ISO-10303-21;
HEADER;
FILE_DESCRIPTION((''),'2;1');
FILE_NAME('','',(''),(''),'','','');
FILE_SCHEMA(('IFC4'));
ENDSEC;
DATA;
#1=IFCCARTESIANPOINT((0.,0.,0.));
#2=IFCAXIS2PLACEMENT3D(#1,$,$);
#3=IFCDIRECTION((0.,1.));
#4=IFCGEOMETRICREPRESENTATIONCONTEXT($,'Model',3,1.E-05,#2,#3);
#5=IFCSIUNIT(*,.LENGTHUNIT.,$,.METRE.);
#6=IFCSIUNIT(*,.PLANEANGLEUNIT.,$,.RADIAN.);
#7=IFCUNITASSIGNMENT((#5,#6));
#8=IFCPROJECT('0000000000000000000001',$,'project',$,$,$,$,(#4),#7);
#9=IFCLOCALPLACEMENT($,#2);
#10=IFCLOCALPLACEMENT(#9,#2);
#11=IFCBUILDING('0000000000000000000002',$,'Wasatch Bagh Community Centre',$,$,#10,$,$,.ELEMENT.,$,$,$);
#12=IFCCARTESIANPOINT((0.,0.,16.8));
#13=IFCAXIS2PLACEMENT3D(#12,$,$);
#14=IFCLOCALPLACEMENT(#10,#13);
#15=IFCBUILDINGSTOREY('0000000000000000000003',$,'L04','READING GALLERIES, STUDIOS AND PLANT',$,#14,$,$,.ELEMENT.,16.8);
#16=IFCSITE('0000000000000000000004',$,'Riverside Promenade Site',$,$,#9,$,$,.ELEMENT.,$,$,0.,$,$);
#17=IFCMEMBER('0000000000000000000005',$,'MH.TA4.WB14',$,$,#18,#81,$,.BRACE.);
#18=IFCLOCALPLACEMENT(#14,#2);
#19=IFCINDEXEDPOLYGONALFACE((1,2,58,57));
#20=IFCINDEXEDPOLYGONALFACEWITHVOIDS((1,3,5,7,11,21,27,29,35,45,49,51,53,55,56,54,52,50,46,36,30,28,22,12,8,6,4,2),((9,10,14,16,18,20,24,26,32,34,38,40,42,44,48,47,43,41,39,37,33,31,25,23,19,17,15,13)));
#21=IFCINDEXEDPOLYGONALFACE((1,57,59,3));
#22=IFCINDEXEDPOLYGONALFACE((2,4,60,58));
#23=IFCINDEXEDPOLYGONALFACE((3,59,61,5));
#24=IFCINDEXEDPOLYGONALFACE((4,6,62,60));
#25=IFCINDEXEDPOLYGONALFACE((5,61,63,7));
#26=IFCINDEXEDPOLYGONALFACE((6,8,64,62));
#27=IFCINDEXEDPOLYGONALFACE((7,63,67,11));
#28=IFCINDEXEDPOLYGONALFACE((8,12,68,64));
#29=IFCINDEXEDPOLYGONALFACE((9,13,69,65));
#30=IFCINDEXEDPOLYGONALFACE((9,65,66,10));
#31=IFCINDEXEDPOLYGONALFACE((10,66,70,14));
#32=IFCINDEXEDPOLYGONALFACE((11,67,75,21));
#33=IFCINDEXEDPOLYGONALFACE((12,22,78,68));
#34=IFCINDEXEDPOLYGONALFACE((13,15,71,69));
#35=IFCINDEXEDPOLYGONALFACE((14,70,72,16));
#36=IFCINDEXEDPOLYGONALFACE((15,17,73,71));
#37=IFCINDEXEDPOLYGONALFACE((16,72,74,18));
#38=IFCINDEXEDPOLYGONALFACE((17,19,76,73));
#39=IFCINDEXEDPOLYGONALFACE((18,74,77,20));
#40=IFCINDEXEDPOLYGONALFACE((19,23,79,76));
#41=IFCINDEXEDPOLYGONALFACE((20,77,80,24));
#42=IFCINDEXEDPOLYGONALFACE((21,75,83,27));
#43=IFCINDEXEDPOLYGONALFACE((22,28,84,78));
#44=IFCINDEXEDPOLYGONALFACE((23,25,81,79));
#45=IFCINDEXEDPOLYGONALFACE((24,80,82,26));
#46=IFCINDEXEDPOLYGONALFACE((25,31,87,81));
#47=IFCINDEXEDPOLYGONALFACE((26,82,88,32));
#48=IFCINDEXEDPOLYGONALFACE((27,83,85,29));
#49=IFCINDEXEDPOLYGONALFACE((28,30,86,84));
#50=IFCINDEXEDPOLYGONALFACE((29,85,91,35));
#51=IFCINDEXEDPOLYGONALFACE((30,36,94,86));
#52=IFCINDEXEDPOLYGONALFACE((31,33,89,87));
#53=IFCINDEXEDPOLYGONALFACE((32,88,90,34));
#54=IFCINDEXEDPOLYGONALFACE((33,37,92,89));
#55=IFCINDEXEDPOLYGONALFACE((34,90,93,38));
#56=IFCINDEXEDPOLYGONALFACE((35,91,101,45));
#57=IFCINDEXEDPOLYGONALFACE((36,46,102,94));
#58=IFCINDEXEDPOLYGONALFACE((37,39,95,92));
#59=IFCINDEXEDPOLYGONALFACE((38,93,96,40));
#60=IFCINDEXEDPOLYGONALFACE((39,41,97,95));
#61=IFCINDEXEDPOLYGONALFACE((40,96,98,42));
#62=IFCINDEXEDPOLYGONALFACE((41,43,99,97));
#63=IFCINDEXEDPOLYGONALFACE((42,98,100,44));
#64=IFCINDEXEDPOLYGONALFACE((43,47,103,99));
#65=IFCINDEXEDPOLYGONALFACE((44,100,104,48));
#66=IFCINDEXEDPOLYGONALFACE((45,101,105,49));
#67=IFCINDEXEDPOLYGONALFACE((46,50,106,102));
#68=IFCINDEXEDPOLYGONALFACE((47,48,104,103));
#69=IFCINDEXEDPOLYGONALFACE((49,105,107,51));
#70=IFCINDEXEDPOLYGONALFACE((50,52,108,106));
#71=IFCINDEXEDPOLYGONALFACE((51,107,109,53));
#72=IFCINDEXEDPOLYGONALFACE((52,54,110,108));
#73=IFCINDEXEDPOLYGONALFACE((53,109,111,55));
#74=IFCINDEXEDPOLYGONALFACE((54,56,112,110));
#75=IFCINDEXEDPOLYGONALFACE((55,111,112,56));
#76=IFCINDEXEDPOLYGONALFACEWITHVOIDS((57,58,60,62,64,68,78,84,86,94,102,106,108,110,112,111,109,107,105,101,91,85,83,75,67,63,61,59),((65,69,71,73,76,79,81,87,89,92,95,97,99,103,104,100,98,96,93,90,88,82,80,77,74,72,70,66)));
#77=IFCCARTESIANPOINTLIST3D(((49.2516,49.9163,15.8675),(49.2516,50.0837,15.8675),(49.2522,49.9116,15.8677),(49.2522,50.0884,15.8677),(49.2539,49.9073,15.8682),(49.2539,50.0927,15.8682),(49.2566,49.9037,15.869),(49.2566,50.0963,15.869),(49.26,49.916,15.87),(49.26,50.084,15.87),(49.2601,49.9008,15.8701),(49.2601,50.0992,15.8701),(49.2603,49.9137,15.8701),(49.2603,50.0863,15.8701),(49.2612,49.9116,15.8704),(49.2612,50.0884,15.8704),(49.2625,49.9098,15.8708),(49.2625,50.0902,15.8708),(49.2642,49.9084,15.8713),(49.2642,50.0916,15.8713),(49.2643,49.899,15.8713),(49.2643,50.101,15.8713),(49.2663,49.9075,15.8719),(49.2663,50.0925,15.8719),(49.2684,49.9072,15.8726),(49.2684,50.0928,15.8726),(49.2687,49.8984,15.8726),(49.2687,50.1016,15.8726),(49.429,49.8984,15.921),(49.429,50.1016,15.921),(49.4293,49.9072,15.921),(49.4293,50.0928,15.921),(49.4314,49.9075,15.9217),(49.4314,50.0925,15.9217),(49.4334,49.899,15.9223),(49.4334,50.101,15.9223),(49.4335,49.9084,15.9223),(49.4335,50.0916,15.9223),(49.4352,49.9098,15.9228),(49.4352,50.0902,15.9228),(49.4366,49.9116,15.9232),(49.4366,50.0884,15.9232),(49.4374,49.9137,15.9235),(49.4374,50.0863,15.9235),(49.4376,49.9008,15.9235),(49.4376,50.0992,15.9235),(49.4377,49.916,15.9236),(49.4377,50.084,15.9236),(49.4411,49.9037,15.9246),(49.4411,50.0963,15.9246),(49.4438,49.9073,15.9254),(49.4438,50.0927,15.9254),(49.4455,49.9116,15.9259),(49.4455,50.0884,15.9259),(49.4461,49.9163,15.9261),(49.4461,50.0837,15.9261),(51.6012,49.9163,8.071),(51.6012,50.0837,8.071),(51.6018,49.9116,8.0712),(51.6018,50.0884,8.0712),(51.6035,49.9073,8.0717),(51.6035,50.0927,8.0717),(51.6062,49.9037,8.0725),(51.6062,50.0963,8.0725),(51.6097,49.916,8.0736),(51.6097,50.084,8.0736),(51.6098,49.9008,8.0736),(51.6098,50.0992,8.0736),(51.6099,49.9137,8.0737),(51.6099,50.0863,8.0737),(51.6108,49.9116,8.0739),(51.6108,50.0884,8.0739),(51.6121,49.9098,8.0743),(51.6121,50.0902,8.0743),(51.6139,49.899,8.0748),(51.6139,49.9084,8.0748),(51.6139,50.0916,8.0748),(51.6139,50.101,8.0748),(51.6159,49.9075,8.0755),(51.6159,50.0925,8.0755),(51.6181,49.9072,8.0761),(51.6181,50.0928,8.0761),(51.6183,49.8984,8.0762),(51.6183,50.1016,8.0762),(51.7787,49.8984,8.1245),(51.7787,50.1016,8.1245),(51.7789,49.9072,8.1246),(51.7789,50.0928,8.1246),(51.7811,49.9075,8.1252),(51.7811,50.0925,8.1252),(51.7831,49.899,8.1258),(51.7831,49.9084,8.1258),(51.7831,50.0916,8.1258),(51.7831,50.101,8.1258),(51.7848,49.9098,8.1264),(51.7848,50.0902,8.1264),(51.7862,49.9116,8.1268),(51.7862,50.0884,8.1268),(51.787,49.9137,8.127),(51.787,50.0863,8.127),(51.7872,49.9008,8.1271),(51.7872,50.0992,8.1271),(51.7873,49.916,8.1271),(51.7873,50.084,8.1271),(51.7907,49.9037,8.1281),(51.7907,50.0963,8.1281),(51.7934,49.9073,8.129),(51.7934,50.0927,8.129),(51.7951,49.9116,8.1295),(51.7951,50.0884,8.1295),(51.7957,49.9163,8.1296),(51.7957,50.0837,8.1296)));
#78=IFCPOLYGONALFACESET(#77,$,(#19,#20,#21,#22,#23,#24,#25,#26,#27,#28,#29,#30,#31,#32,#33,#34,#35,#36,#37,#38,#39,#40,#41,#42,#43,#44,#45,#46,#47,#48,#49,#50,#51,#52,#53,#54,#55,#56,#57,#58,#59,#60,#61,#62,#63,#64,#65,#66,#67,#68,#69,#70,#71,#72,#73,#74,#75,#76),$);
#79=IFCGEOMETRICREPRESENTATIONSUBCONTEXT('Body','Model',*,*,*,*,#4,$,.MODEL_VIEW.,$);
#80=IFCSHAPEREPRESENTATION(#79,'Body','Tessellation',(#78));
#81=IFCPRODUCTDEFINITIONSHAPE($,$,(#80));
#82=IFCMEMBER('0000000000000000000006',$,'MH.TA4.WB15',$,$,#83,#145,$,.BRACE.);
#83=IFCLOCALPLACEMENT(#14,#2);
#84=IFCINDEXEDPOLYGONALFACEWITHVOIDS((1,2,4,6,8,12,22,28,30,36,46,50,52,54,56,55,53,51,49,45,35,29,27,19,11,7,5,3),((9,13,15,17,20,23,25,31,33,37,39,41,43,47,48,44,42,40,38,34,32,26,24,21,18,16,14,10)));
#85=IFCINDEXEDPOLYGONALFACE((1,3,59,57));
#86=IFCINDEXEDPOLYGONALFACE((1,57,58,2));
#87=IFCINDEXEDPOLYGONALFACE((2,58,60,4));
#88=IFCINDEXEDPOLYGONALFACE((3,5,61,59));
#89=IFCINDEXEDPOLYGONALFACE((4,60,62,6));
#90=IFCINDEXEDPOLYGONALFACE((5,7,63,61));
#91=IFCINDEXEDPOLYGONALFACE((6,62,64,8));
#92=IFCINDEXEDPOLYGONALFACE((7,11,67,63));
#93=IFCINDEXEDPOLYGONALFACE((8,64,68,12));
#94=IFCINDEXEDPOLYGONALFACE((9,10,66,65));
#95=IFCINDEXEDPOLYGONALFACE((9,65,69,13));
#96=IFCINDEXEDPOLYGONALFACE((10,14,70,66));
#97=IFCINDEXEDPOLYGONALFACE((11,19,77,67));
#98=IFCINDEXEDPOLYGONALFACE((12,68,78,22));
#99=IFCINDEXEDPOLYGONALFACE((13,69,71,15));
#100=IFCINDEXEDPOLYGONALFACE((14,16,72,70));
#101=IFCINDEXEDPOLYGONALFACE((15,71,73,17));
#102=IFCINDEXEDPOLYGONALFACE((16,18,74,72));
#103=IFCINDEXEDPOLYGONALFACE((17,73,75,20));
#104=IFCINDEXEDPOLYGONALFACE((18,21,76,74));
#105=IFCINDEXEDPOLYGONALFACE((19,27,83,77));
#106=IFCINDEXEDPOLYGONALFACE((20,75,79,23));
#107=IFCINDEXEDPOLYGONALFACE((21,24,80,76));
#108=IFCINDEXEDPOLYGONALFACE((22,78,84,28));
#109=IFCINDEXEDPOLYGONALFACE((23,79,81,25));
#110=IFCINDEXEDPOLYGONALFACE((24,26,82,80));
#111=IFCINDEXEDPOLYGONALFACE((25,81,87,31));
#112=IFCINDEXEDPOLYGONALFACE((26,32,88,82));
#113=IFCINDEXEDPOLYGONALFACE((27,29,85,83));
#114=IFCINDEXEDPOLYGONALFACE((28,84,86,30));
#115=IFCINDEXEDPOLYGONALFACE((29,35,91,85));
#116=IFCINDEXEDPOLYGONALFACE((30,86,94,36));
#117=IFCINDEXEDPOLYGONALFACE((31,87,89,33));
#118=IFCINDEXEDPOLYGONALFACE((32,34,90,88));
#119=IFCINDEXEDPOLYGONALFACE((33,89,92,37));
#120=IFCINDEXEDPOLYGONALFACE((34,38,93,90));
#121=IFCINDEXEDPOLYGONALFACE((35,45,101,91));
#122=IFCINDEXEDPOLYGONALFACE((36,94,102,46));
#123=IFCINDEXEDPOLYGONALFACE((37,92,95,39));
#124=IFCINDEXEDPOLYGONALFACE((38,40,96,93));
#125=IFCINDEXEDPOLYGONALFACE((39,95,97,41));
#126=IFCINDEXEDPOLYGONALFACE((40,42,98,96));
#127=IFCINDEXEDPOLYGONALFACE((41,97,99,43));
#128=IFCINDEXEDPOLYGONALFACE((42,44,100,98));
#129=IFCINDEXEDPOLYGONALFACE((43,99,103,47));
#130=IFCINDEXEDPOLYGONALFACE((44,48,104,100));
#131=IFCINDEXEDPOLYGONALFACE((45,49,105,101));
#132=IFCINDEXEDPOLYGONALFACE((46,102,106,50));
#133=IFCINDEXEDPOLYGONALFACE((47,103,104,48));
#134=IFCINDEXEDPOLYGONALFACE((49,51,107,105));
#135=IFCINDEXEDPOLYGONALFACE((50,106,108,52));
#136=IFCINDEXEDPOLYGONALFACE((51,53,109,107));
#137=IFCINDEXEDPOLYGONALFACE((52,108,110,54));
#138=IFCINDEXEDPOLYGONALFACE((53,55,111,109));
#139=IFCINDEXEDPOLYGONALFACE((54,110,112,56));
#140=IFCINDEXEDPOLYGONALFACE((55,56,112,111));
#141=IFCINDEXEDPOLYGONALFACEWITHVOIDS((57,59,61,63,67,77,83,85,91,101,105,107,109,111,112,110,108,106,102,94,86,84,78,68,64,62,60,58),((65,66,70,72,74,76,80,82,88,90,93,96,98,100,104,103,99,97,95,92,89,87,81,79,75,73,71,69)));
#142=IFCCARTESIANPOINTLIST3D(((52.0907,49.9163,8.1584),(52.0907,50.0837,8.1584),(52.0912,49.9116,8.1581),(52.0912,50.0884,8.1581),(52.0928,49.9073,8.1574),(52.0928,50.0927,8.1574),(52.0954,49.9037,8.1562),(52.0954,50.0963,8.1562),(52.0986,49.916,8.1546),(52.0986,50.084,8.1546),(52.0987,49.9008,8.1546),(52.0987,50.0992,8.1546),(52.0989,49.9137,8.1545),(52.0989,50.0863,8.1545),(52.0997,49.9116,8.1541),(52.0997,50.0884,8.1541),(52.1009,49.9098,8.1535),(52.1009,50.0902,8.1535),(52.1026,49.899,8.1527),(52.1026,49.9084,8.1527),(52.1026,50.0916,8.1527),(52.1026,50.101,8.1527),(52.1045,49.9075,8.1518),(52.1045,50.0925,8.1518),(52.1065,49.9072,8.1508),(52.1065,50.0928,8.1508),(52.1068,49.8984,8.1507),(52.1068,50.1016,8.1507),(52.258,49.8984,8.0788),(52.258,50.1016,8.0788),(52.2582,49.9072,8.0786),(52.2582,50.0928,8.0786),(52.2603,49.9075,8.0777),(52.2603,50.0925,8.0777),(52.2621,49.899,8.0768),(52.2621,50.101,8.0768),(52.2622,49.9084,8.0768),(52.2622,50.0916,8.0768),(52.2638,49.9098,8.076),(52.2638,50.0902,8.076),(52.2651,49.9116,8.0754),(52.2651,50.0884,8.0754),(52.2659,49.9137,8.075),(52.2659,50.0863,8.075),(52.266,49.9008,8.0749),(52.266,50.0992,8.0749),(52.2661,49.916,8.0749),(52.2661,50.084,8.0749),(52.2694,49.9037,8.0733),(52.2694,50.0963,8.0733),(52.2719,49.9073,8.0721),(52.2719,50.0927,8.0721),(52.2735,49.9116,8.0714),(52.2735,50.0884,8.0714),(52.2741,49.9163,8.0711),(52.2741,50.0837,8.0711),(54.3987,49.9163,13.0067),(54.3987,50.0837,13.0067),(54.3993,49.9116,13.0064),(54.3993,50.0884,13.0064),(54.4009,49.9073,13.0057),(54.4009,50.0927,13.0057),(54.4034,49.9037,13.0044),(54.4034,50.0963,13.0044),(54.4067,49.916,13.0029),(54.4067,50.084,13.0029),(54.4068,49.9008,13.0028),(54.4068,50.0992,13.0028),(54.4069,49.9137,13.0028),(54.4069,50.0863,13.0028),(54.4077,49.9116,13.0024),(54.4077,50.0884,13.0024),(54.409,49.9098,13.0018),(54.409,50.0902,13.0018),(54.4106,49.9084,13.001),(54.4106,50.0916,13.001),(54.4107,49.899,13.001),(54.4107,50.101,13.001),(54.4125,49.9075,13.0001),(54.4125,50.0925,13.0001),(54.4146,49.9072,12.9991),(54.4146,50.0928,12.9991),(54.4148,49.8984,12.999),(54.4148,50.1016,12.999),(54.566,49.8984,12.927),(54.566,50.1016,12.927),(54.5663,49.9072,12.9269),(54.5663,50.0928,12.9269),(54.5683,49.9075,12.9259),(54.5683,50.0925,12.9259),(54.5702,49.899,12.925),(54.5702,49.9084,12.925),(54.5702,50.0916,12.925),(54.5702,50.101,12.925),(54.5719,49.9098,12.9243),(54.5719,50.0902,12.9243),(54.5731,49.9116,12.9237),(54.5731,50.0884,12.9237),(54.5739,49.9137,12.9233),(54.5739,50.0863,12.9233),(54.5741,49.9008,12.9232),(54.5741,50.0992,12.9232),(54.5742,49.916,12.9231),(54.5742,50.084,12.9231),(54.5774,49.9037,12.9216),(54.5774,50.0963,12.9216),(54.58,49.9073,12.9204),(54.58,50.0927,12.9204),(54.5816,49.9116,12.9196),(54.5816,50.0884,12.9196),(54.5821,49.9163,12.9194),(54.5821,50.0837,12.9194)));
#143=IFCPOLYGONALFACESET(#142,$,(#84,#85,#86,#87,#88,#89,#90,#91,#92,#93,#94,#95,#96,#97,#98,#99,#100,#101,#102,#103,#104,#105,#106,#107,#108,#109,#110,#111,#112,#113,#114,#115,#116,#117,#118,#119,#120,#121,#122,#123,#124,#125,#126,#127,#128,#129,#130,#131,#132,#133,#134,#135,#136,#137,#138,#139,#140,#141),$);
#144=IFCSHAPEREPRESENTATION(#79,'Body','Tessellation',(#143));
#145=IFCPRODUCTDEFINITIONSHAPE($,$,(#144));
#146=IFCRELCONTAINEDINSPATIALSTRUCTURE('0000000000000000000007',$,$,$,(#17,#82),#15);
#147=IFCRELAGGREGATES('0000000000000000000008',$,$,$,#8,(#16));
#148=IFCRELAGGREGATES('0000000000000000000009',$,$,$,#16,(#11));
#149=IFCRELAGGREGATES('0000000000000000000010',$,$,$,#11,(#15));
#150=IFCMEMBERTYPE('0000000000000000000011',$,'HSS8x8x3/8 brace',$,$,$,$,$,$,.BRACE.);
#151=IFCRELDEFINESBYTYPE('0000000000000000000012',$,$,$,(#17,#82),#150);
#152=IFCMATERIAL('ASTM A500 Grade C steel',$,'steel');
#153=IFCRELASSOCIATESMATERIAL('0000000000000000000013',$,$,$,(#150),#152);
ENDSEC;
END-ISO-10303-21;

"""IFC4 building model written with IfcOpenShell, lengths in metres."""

from ifc_helpers import new_model, si_unit, direction, frame, origin, origin_2d, place, context, subcontext, project, spatial, hollow_rectangle, extrude, material, material_profile, profile_set, type_object, element, save


model = new_model("IFC4")

# Units and contexts
model_context = context("Model", 3, precision=1e-05, world=origin(), true_north=direction((0.0, 1.0)))
body_context = subcontext(model_context, "Body", "Model", "MODEL_VIEW")
ifc_project = project(units=[si_unit("LENGTHUNIT", "METRE"), si_unit("PLANEANGLEUNIT", "RADIAN")], contexts=[model_context])

# Site, building, storey
site_placement = place(None, origin())
site = spatial("IfcSite", under=ifc_project, at=site_placement, Name="Riverside Promenade Site", CompositionType="ELEMENT", RefElevation=0.0)
building_placement = place(site_placement, origin())
building = spatial("IfcBuilding", under=site, at=building_placement, Name="Wasatch Bagh Community Centre", CompositionType="ELEMENT")
storey_placement = place(building_placement, frame((0.0, 0.0, 16.8)))
storey = spatial("IfcBuildingStorey", under=building, at=storey_placement, Name="L04", Description="READING GALLERIES, STUDIOS AND PLANT", CompositionType="ELEMENT", Elevation=16.8)

# Members
ifc_material_1 = material(Name="ASTM A500 Grade C steel", Category="steel")
ifc_material_profile_1 = material_profile(ifc_material_1, hollow_rectangle(XDim=0.2031, YDim=0.2031, WallThickness=0.0088, InnerFilletRadius=0.0088, OuterFilletRadius=0.0178, at=origin_2d()), Name="HSS8x8x3/8")
ifc_profile_set_1 = profile_set([ifc_material_profile_1], Name="ASTM A500 Grade C steel")
member_type_1 = type_object("IfcMemberType", Name="HSS8x8x3/8 brace", PredefinedType="BRACE", material=ifc_profile_set_1)
member_1_placement = place(storey_placement, frame((51.6985, 50.0, 8.1003), z_axis=(-0.288552, 0.0, 0.957464), x_axis=(0.0, -1.0, 0.0)))
element("IfcMember", 1, at=member_1_placement, inside=storey, type_object=member_type_1, Name="MH.TA4.WB14", PredefinedType="BRACE", context=body_context, shape_type="SweptSolid", body=[
    extrude(hollow_rectangle(XDim=0.2031, YDim=0.2031, WallThickness=0.0088, InnerFilletRadius=0.0088, OuterFilletRadius=0.0178, at=origin_2d()), origin(), (0.0, 0.0, 1.0), 8.1428),
])
member_2_placement = place(storey_placement, frame((52.1824, 50.0, 8.1147), z_axis=(0.429835, 0.0, 0.902908), x_axis=(0.0, 1.0, 0.0)))
element("IfcMember", 2, at=member_2_placement, inside=storey, type_object=member_type_1, Name="MH.TA4.WB15", PredefinedType="BRACE", context=body_context, shape_type="SweptSolid", body=[
    extrude(hollow_rectangle(XDim=0.2031, YDim=0.2031, WallThickness=0.0088, InnerFilletRadius=0.0088, OuterFilletRadius=0.0178, at=origin_2d()), origin(), (0.0, 0.0, 1.0), 5.3696),
])

save(model, "model.ifc")
